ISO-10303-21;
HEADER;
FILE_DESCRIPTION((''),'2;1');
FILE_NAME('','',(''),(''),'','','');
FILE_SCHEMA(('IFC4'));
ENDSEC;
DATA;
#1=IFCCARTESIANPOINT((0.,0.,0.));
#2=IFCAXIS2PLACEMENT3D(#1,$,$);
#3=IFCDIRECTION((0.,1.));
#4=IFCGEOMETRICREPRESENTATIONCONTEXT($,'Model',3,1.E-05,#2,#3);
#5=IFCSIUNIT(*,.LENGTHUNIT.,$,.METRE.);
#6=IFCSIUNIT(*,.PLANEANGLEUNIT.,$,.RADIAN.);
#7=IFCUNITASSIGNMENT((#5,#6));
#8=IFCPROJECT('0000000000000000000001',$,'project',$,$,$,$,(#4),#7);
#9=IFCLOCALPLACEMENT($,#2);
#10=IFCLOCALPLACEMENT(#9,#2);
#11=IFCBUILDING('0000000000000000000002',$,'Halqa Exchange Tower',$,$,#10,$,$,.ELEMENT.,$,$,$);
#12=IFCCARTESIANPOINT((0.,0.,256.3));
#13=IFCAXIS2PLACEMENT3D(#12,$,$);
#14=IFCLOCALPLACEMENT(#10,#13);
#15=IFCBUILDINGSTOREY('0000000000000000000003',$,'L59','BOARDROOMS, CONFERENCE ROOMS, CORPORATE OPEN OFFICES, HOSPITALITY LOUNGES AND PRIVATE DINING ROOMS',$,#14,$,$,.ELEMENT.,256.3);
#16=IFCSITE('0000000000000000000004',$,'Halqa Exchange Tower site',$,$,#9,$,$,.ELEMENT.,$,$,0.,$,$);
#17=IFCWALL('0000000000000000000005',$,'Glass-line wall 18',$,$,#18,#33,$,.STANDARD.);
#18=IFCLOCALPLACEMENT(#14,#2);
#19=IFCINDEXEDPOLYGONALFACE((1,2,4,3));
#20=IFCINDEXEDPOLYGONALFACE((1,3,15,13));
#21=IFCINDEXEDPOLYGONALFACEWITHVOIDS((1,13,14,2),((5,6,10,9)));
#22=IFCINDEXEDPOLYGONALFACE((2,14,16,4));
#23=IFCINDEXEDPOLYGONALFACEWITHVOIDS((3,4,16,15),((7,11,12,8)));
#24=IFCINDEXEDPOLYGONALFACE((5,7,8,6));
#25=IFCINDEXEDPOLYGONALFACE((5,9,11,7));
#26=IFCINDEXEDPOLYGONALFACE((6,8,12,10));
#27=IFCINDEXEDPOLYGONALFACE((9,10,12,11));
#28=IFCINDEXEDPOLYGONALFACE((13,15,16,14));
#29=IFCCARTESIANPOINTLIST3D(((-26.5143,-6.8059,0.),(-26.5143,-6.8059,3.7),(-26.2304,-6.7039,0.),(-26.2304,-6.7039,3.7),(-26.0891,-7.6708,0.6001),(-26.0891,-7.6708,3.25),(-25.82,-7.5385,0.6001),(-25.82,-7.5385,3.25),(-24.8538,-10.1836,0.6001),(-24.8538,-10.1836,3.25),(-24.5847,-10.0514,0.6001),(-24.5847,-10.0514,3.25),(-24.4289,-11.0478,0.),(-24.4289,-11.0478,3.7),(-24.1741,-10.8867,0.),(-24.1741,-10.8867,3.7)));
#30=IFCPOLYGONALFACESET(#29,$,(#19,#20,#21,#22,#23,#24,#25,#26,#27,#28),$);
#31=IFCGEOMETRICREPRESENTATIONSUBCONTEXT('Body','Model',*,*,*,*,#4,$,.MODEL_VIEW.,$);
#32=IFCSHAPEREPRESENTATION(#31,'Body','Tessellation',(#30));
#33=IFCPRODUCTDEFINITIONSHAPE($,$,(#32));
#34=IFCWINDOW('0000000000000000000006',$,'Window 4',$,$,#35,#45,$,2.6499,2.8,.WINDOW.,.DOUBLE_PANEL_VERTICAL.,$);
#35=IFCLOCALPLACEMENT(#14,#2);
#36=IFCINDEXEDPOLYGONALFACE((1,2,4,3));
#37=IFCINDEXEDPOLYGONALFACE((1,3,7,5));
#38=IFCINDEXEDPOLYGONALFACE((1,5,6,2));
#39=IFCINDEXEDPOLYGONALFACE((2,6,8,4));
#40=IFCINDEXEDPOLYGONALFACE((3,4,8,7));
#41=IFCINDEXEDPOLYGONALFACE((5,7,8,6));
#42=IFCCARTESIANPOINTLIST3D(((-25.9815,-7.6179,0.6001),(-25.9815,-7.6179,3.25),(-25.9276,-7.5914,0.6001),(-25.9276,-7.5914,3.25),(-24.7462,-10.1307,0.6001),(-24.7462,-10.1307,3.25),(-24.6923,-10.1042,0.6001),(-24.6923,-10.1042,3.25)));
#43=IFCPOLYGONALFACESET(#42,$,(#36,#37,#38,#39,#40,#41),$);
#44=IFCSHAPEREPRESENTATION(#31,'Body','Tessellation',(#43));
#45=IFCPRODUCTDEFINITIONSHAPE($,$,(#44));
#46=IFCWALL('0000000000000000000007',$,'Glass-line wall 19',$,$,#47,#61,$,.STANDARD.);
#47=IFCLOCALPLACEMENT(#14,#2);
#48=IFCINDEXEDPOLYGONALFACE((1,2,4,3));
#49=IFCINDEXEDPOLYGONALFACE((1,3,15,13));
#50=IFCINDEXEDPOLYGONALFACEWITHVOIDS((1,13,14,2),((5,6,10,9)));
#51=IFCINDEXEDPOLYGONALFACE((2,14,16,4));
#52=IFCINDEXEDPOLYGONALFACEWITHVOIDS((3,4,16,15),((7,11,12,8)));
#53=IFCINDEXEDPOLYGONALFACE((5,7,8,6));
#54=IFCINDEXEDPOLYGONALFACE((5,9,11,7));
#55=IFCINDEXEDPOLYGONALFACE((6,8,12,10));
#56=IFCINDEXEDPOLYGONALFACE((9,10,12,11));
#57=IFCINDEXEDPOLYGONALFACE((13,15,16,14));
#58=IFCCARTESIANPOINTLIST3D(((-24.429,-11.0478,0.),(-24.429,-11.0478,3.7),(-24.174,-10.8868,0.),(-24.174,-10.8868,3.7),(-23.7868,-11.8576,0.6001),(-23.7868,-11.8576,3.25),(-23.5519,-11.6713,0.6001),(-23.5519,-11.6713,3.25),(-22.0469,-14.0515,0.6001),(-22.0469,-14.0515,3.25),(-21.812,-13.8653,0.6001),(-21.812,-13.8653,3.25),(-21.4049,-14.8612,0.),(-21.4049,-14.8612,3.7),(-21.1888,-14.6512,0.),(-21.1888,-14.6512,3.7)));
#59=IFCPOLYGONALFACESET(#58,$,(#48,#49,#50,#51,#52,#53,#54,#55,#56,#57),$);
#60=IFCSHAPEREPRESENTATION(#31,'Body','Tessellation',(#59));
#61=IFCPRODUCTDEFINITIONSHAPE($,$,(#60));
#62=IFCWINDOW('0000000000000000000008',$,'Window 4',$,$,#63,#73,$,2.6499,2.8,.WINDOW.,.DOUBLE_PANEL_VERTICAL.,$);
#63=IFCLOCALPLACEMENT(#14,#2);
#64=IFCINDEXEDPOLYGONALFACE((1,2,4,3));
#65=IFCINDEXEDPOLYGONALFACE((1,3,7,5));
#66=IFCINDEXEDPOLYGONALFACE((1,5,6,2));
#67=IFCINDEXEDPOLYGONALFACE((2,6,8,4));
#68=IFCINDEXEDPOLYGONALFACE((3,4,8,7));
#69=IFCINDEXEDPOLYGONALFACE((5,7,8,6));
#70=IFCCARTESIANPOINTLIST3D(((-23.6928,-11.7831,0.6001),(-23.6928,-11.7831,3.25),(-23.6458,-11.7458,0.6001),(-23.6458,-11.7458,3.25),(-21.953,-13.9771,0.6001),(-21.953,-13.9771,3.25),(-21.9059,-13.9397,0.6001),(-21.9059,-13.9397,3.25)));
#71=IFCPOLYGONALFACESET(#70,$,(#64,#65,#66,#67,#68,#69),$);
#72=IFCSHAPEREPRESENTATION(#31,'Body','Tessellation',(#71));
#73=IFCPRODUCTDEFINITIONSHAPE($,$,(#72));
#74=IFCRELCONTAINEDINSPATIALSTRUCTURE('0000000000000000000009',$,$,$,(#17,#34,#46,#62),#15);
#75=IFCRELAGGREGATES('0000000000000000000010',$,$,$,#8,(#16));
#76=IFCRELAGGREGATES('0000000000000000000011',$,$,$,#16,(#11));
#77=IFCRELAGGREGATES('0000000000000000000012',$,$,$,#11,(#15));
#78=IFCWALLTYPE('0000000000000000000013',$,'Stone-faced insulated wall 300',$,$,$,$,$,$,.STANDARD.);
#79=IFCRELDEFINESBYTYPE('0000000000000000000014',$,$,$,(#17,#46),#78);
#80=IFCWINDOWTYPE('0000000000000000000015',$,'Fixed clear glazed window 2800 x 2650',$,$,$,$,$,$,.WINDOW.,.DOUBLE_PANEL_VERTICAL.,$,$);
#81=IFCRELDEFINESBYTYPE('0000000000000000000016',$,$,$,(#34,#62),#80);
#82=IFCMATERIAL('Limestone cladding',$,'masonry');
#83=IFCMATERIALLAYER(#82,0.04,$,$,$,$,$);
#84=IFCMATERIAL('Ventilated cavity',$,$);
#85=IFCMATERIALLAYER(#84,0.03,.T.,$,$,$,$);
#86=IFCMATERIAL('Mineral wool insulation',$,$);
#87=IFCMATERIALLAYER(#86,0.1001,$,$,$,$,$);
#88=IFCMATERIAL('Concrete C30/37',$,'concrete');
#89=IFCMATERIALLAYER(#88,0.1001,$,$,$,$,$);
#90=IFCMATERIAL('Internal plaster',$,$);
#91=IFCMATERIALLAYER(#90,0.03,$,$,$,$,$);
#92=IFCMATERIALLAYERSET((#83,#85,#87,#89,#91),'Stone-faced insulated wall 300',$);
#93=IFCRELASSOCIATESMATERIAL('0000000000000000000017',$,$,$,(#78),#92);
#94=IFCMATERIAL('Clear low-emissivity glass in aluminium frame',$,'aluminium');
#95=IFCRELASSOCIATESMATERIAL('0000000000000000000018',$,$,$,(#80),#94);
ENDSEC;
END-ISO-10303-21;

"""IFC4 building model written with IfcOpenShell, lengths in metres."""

from ifc_helpers import new_model, si_unit, direction, frame, frame_2d, origin, place, context, subcontext, project, spatial, polyline, rectangle, outline, extrude, material, layer, layer_set, type_object, element, fill, save


model = new_model("IFC4")

# Units and contexts
model_context = context("Model", 3, precision=1e-05, world=origin(), true_north=direction((0.0, 1.0)))
body_context = subcontext(model_context, "Body", "Model", "MODEL_VIEW")
ifc_project = project(units=[si_unit("LENGTHUNIT", "METRE"), si_unit("PLANEANGLEUNIT", "RADIAN")], contexts=[model_context])

# Site, building, storey
site_placement = place(None, origin())
site = spatial("IfcSite", under=ifc_project, at=site_placement, Name="Halqa Exchange Tower site", CompositionType="ELEMENT", RefElevation=0.0)
building_placement = place(site_placement, origin())
building = spatial("IfcBuilding", under=site, at=building_placement, Name="Halqa Exchange Tower", CompositionType="ELEMENT")
storey_placement = place(building_placement, frame((0.0, 0.0, 256.3)))
storey = spatial("IfcBuildingStorey", under=building, at=storey_placement, Name="L59", Description="BOARDROOMS, CONFERENCE ROOMS, CORPORATE OPEN OFFICES, HOSPITALITY LOUNGES AND PRIVATE DINING ROOMS", CompositionType="ELEMENT", Elevation=256.3)

# Walls, openings, windows
ifc_material_1 = material(Name="Limestone cladding", Category="masonry")
ifc_layer_1 = layer(ifc_material_1, 0.04)
ifc_material_2 = material(Name="Ventilated cavity")
ifc_layer_2 = layer(ifc_material_2, 0.03, ventilated=True)
ifc_material_3 = material(Name="Mineral wool insulation")
ifc_layer_3 = layer(ifc_material_3, 0.1001)
ifc_material_4 = material(Name="Concrete C30/37", Category="concrete")
ifc_layer_4 = layer(ifc_material_4, 0.1001)
ifc_material_5 = material(Name="Internal plaster")
ifc_layer_5 = layer(ifc_material_5, 0.03)
ifc_layer_set_1 = layer_set([ifc_layer_1, ifc_layer_2, ifc_layer_3, ifc_layer_4, ifc_layer_5], Name="Stone-faced insulated wall 300")
wall_type_1 = type_object("IfcWallType", Name="Stone-faced insulated wall 300", PredefinedType="STANDARD", material=ifc_layer_set_1)
ifc_material_6 = material(Name="Clear low-emissivity glass in aluminium frame", Category="aluminium")
window_type = type_object("IfcWindowType", Name="Fixed clear glazed window 2800 x 2650", PartitioningType="DOUBLE_PANEL_VERTICAL", PredefinedType="WINDOW", material=ifc_material_6)
wall_1_placement = place(storey_placement, frame((-26.3723, -6.7549, 0.0), z_axis=(0.0, 0.0, 1.0), x_axis=(0.44117, -0.897424, 0.0)))
wall_1 = element("IfcWall", 1, at=wall_1_placement, inside=storey, type_object=wall_type_1, Name="Glass-line wall 18", PredefinedType="STANDARD", context=body_context, shape_type="SweptSolid", body=[
    extrude(outline(polyline([(-0.0168, -0.1499), (4.71, -0.1499), (4.6777, 0.1499), (0.0168, 0.1499), (-0.0168, -0.1499)])), origin(), (0.0, 0.0, 1.0), 3.7),
])
opening_1_placement = place(wall_1_placement, frame((0.947, 0.0, 0.6001)))
opening_1 = element("IfcOpeningElement", 2, at=opening_1_placement, cuts=wall_1, PredefinedType="OPENING", context=body_context, shape_type="SweptSolid", body=[
    extrude(rectangle(XDim=2.8, YDim=2.6499, at=frame_2d((1.3999, 1.325))), frame((0.0, 0.1621, 0.0), z_axis=(0.0, -1.0, 0.0), x_axis=(1.0, 0.0, 0.0)), (0.0, 0.0, 1.0), 0.324),
])
window_1_placement = place(opening_1_placement, origin())
window_1 = element("IfcWindow", 3, at=window_1_placement, inside=storey, type_object=window_type, Name="Window 4", OverallHeight=2.6499, OverallWidth=2.8, PartitioningType="DOUBLE_PANEL_VERTICAL", PredefinedType="WINDOW", context=body_context, shape_type="SweptSolid", body=[
    extrude(rectangle(XDim=2.8, YDim=2.6499, at=frame_2d((1.3999, 1.325))), frame((0.0, 0.03, 0.0), z_axis=(0.0, -1.0, 0.0), x_axis=(1.0, 0.0, 0.0)), (0.0, 0.0, 1.0), 0.0601),
])
fill(opening_1, window_1)
wall_2_placement = place(storey_placement, frame((-24.3015, -10.9673, 0.0), z_axis=(0.0, 0.0, 1.0), x_axis=(0.621358, -0.783526, 0.0)))
wall_2 = element("IfcWall", 4, at=wall_2_placement, inside=storey, type_object=wall_type_1, Name="Glass-line wall 19", PredefinedType="STANDARD", context=body_context, shape_type="SweptSolid", body=[
    extrude(outline(polyline([(-0.0161, -0.1499), (4.8508, -0.1499), (4.8206, 0.1499), (0.0161, 0.1499), (-0.0161, -0.1499)])), origin(), (0.0, 0.0, 1.0), 3.7),
])
opening_2_placement = place(wall_2_placement, frame((1.0176, 0.0, 0.6001)))
opening_2 = element("IfcOpeningElement", 5, at=opening_2_placement, cuts=wall_2, PredefinedType="OPENING", context=body_context, shape_type="SweptSolid", body=[
    extrude(rectangle(XDim=2.8, YDim=2.6499, at=frame_2d((1.3999, 1.325))), frame((0.0, 0.1621, 0.0), z_axis=(0.0, -1.0, 0.0), x_axis=(1.0, 0.0, 0.0)), (0.0, 0.0, 1.0), 0.324),
])
window_2_placement = place(opening_2_placement, origin())
window_2 = element("IfcWindow", 6, at=window_2_placement, inside=storey, type_object=window_type, Name="Window 4", OverallHeight=2.6499, OverallWidth=2.8, PartitioningType="DOUBLE_PANEL_VERTICAL", PredefinedType="WINDOW", context=body_context, shape_type="SweptSolid", body=[
    extrude(rectangle(XDim=2.8, YDim=2.6499, at=frame_2d((1.3999, 1.325))), frame((0.0, 0.03, 0.0), z_axis=(0.0, -1.0, 0.0), x_axis=(1.0, 0.0, 0.0)), (0.0, 0.0, 1.0), 0.0601),
])
fill(opening_2, window_2)

save(model, "model.ifc")
